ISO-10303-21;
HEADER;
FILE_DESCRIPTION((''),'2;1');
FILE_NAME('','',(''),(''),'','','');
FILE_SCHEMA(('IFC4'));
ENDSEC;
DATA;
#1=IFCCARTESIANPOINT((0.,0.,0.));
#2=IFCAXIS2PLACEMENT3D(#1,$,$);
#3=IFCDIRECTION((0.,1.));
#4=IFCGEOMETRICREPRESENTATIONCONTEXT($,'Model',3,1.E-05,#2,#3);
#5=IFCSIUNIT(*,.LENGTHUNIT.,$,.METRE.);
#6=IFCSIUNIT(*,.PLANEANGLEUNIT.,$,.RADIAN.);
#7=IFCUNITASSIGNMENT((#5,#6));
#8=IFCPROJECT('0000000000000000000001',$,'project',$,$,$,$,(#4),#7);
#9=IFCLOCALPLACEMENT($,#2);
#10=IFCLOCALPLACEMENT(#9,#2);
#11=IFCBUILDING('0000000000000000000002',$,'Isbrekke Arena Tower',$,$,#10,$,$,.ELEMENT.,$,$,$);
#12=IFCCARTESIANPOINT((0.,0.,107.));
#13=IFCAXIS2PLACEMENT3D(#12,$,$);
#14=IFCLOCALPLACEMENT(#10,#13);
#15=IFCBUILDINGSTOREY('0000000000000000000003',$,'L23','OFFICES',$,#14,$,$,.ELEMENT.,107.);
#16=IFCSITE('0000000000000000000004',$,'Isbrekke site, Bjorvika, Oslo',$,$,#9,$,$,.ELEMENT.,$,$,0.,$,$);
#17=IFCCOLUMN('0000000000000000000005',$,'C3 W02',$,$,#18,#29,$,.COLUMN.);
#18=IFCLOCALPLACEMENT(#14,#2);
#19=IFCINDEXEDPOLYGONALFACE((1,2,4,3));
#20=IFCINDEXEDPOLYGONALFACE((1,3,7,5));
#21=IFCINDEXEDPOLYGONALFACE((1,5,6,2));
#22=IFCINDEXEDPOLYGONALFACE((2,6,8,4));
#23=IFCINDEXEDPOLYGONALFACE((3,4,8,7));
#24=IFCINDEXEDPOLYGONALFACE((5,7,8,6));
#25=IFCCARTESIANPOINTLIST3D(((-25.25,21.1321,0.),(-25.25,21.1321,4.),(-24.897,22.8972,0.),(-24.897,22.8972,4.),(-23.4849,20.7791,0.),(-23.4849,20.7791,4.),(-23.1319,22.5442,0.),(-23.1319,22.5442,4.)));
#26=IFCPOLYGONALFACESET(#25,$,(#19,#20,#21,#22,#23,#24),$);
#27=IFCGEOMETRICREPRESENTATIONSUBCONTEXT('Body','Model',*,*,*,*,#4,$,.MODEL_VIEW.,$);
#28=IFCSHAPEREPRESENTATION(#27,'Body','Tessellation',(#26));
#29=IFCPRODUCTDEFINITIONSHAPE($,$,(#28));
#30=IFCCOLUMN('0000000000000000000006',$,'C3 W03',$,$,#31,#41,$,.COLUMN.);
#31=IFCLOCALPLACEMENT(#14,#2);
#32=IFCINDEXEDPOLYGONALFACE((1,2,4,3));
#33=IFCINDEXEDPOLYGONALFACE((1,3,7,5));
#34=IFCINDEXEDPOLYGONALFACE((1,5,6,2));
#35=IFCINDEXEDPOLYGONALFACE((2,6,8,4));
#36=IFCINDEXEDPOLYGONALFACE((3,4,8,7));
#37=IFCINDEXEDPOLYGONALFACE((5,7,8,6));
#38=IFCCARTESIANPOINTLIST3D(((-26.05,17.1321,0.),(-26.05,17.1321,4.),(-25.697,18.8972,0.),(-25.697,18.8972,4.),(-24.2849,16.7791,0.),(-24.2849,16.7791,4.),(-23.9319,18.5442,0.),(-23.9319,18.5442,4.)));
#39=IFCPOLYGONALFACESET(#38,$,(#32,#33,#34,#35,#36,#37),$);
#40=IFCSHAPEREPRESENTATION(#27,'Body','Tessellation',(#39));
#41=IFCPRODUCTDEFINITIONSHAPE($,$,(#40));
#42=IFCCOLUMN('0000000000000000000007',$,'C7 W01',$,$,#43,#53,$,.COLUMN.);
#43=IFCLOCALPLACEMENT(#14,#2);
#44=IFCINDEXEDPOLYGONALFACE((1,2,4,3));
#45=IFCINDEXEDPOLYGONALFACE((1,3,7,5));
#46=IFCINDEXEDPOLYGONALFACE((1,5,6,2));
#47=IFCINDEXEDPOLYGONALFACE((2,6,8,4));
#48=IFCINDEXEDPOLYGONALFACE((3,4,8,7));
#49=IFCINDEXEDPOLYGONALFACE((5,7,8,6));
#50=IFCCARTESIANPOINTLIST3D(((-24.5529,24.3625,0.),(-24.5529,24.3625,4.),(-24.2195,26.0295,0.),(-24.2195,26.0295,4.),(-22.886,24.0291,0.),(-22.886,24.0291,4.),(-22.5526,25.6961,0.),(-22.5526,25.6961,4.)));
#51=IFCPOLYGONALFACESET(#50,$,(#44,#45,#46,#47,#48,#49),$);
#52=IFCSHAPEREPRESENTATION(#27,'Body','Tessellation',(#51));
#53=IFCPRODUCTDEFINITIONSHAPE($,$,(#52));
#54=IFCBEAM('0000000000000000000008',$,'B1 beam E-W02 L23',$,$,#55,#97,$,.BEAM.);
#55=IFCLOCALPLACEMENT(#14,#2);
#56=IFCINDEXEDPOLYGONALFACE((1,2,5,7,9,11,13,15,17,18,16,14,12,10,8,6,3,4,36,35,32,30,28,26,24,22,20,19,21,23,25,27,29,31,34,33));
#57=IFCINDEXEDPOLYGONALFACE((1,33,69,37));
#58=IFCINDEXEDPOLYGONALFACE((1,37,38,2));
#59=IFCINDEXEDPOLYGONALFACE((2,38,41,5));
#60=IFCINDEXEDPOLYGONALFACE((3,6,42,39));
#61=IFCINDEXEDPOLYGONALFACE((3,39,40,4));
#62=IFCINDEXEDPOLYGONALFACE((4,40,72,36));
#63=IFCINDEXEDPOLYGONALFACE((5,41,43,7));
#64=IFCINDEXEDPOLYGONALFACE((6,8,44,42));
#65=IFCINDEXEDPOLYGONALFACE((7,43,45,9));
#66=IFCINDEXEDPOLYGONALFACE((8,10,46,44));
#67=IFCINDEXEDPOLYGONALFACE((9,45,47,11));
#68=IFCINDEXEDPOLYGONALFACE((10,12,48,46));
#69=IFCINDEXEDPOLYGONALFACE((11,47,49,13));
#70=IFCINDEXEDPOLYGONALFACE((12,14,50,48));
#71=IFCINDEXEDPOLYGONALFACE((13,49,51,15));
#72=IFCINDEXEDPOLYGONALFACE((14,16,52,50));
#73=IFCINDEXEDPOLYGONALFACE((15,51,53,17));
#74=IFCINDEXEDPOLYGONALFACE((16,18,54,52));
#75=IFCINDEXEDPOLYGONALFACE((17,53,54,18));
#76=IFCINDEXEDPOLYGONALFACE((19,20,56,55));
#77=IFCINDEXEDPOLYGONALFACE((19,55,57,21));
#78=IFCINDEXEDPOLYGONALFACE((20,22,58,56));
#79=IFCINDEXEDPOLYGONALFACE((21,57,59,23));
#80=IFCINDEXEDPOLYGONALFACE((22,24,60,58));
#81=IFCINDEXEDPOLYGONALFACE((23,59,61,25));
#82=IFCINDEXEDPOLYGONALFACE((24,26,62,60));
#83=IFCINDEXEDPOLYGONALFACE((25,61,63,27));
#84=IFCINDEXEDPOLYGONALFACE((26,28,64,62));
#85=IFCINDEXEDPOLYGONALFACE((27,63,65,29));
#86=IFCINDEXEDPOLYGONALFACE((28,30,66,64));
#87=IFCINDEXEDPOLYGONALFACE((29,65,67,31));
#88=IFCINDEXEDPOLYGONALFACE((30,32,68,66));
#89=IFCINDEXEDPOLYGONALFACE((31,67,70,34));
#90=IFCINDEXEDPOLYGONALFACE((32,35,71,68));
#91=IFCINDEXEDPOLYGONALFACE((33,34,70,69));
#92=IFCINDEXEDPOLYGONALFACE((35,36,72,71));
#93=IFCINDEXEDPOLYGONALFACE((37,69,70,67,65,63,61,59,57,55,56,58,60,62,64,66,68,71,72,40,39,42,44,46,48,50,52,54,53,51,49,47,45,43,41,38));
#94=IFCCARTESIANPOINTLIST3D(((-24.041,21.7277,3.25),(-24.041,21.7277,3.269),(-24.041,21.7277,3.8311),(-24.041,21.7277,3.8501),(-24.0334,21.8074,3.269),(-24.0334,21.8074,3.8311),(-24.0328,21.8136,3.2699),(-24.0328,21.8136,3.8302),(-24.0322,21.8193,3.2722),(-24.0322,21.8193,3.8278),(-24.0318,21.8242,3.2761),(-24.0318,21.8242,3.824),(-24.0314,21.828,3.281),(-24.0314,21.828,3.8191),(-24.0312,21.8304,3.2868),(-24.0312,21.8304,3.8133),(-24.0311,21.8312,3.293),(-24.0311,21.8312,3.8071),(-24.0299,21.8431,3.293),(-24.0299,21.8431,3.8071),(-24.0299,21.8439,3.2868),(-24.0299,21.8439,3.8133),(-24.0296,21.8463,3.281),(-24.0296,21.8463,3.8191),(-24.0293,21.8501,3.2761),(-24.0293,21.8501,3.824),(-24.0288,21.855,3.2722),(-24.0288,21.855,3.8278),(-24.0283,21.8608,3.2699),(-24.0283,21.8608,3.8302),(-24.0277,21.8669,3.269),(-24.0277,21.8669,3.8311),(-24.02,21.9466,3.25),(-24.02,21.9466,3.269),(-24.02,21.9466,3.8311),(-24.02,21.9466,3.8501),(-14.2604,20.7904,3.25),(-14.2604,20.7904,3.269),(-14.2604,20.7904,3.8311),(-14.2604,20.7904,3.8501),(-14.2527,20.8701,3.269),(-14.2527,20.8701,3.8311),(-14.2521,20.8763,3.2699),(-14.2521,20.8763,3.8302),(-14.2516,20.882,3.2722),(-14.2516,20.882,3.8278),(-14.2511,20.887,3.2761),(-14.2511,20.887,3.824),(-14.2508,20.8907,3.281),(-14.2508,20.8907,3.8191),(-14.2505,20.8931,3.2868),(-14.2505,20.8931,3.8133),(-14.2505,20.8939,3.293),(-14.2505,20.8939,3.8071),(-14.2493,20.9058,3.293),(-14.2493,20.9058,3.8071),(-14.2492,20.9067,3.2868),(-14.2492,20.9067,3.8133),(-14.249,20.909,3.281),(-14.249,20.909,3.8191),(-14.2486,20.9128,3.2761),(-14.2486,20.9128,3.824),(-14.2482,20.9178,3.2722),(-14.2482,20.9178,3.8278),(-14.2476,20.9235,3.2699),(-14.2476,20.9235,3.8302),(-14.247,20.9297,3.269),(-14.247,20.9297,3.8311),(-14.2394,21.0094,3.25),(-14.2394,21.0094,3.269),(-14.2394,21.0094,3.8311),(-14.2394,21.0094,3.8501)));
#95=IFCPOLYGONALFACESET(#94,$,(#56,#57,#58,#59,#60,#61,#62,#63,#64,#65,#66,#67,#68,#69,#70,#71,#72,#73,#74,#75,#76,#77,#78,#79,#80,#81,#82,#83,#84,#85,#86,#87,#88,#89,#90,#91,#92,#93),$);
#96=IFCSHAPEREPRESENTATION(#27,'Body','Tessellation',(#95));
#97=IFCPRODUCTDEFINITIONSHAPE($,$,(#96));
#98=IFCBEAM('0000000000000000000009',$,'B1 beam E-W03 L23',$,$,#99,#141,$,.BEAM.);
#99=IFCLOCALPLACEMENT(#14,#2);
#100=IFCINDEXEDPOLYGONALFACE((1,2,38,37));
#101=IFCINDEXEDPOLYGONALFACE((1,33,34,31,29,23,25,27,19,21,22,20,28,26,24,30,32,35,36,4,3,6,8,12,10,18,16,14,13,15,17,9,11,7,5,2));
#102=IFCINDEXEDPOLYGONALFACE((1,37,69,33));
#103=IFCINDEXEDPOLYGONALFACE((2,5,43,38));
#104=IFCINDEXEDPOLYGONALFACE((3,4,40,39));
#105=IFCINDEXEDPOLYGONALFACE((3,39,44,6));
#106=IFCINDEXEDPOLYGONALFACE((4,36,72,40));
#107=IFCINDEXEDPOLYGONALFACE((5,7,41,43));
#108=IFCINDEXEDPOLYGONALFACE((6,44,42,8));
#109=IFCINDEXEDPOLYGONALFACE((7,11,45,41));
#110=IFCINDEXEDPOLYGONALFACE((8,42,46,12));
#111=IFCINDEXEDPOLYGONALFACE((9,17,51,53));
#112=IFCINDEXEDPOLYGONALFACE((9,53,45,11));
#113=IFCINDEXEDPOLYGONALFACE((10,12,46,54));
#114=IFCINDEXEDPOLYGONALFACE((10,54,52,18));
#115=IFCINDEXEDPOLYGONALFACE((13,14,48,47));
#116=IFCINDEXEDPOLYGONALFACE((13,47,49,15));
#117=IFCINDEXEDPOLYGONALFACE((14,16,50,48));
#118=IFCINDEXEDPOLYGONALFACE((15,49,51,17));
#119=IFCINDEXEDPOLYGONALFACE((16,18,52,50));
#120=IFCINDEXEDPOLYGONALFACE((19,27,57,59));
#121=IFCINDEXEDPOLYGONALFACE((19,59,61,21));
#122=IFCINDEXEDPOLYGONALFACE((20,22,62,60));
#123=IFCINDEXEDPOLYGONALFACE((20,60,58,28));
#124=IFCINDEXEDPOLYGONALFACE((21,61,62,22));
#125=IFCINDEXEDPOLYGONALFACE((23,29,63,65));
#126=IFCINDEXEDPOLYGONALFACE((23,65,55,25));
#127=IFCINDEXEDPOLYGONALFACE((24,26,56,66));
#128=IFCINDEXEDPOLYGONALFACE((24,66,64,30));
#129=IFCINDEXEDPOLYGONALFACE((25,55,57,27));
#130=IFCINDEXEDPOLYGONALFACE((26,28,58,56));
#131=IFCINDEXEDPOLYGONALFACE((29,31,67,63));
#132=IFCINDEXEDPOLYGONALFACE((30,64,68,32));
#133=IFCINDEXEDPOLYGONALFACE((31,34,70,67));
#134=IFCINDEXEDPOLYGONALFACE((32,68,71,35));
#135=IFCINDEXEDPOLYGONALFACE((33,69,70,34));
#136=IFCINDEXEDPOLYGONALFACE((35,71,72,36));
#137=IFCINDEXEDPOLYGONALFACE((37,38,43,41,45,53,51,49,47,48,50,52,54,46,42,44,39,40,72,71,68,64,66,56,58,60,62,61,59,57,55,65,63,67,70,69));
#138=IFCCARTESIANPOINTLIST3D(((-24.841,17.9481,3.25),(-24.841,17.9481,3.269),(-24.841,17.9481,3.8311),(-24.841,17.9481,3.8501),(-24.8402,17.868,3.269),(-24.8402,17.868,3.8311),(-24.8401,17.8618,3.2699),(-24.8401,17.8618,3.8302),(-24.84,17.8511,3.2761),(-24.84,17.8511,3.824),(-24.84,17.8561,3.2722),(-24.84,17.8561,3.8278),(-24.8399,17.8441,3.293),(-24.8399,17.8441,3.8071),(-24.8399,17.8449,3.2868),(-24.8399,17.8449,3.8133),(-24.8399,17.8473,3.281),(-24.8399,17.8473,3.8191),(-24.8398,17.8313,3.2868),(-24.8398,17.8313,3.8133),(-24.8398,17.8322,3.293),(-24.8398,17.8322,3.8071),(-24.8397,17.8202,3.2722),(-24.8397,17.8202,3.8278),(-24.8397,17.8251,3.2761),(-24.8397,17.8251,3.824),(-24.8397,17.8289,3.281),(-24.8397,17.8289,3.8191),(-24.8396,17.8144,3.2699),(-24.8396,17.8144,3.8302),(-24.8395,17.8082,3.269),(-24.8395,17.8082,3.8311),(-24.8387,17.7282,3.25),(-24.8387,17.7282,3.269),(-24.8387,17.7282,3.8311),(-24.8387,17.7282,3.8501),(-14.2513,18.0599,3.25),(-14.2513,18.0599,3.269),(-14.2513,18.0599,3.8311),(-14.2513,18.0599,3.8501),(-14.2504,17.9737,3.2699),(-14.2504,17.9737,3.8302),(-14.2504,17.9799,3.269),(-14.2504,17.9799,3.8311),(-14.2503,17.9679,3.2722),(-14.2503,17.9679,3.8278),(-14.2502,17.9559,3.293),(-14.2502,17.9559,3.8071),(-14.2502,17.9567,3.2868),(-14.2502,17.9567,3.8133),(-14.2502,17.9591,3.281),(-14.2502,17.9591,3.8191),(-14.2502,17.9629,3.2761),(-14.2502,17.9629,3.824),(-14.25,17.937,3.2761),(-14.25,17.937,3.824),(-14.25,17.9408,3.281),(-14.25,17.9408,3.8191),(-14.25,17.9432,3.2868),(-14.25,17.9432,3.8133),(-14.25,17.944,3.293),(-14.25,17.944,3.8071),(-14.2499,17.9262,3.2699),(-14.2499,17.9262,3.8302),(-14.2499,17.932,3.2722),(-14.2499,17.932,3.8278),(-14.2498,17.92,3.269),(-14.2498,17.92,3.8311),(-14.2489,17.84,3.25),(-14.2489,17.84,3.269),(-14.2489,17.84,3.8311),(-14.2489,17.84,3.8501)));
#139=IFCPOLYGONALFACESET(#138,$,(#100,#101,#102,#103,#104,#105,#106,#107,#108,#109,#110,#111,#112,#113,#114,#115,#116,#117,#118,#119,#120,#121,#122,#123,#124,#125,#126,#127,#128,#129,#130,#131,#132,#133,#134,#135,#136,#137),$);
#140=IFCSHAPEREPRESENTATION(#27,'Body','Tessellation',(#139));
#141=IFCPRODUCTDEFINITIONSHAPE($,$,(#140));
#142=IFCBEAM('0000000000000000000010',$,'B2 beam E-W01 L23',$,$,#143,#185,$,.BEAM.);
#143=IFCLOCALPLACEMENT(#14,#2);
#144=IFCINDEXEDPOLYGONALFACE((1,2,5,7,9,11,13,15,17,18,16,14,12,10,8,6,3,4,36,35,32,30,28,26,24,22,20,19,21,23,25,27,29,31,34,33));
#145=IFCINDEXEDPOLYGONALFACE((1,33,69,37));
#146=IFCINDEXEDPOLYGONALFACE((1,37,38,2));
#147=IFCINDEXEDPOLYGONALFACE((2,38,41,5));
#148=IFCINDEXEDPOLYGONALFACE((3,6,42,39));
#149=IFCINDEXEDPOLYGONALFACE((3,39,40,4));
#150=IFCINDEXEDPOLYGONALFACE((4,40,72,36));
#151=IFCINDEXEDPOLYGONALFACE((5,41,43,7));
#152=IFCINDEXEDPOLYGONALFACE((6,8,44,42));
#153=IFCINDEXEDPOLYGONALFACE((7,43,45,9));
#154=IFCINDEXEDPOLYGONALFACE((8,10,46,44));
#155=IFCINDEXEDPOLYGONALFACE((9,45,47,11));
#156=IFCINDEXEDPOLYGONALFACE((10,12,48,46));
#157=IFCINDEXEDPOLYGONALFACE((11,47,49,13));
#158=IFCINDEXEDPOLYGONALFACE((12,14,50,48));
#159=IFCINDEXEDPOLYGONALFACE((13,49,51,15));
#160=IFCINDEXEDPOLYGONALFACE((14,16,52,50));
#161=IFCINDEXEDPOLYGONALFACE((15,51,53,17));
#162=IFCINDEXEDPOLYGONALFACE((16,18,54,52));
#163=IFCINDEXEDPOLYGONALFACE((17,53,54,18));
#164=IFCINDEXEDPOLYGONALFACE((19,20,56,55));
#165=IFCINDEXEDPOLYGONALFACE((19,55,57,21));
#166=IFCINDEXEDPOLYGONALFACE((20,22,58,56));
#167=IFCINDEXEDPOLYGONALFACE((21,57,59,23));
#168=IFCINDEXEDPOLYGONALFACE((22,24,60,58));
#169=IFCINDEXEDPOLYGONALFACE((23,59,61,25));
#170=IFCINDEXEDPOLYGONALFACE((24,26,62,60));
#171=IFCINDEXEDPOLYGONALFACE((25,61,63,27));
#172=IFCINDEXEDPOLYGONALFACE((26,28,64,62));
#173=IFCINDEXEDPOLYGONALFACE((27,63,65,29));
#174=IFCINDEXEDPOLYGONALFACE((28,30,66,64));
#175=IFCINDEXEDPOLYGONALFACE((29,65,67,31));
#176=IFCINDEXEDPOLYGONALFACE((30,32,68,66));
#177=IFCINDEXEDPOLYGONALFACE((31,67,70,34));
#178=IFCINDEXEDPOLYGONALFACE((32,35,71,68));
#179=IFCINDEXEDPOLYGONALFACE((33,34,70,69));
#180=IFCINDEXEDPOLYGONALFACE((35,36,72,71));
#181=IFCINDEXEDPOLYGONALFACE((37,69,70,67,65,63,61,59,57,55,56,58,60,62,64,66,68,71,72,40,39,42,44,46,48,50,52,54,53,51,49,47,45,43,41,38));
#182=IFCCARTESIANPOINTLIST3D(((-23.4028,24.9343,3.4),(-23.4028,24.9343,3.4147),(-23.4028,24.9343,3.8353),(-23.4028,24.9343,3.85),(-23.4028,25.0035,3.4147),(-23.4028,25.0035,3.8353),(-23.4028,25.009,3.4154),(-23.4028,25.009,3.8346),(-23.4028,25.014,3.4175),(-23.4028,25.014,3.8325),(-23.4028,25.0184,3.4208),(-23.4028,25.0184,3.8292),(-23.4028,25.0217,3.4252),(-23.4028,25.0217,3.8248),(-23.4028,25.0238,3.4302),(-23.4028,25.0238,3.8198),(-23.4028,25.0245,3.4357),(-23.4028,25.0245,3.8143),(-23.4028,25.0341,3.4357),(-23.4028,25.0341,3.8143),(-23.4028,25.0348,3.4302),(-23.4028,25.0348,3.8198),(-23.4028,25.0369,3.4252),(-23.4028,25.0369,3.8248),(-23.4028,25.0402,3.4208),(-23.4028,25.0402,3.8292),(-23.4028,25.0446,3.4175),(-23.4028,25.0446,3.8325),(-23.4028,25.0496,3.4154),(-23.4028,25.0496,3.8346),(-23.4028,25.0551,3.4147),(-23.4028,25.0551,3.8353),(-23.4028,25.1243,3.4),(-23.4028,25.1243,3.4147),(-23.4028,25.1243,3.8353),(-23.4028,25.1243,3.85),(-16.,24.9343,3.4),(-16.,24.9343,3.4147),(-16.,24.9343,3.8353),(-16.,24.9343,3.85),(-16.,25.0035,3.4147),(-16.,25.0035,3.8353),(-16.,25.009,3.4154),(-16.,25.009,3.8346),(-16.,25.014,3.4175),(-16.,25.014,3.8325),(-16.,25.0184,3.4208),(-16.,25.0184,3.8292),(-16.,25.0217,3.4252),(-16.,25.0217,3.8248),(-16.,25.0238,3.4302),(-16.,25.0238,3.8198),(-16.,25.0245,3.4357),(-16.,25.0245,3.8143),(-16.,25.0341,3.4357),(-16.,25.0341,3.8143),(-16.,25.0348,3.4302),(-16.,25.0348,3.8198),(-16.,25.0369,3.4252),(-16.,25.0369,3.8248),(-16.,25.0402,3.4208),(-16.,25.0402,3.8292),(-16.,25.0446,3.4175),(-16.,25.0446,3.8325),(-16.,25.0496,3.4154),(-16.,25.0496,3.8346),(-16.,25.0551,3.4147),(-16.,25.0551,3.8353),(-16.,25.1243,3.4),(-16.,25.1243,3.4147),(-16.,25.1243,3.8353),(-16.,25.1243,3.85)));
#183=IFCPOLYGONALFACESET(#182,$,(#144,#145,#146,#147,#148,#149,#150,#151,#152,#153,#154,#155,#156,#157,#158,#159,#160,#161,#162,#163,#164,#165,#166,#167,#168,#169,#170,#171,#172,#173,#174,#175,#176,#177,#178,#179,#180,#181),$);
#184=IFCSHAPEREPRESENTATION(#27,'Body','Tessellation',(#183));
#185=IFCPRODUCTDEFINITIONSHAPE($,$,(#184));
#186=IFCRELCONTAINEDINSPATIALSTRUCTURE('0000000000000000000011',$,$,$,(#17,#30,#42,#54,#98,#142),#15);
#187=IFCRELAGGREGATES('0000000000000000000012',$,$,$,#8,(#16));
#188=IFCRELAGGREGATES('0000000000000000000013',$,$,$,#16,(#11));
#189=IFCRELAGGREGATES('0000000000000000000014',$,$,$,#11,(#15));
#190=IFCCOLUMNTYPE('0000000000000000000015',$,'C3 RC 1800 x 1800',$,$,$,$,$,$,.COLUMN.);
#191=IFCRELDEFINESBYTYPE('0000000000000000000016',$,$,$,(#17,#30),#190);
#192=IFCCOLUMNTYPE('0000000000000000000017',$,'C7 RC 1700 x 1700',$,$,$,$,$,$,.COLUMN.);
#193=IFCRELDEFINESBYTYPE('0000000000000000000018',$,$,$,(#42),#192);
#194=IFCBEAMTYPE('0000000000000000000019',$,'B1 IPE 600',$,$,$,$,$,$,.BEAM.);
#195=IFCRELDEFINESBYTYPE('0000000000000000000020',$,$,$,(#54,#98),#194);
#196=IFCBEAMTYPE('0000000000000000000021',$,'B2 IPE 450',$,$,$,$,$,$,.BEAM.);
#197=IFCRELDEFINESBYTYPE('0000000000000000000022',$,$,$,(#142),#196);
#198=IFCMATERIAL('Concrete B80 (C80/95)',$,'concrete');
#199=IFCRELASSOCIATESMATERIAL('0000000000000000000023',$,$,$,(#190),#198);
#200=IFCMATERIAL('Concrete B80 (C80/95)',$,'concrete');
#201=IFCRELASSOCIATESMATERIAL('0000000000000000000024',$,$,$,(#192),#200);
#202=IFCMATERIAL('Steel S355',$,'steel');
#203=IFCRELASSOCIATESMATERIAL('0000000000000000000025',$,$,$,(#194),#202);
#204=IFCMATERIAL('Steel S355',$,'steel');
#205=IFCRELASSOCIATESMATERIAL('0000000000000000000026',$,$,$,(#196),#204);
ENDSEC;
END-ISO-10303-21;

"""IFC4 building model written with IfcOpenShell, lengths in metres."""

from ifc_helpers import new_model, si_unit, direction, frame, origin, origin_2d, place, context, subcontext, project, spatial, rectangle, i_section, extrude, material, material_profile, profile_set, type_object, element, save


model = new_model("IFC4")

# Units and contexts
model_context = context("Model", 3, precision=1e-05, world=origin(), true_north=direction((0.0, 1.0)))
body_context = subcontext(model_context, "Body", "Model", "MODEL_VIEW")
ifc_project = project(units=[si_unit("LENGTHUNIT", "METRE"), si_unit("PLANEANGLEUNIT", "RADIAN")], contexts=[model_context])

# Site, building, storey
site_placement = place(None, origin())
site = spatial("IfcSite", under=ifc_project, at=site_placement, Name="Isbrekke site, Bjorvika, Oslo", CompositionType="ELEMENT", RefElevation=0.0)
building_placement = place(site_placement, origin())
building = spatial("IfcBuilding", under=site, at=building_placement, Name="Isbrekke Arena Tower", CompositionType="ELEMENT")
storey_placement = place(building_placement, frame((0.0, 0.0, 107.0)))
storey = spatial("IfcBuildingStorey", under=building, at=storey_placement, Name="L23", Description="OFFICES", CompositionType="ELEMENT", Elevation=107.0)

# Columns
ifc_material_1 = material(Name="Concrete B80 (C80/95)", Category="concrete")
ifc_material_profile_1 = material_profile(ifc_material_1, rectangle(XDim=1.8, YDim=1.8, at=origin_2d()), Name="RC 1800x1800")
ifc_profile_set_1 = profile_set([ifc_material_profile_1], Name="Concrete B80 (C80/95)")
column_type_1 = type_object("IfcColumnType", Name="C3 RC 1800 x 1800", PredefinedType="COLUMN", material=ifc_profile_set_1)
for number, where, z_axis, x_axis, name in (
    (1, (-24.1909, 21.8381, 0.0), (0.0, 0.0, 1.0), (-0.196116, -0.980581, 0.0), "C3 W02"),
    (2, (-24.991, 17.8381, 0.0), (0.0, 0.0, 1.0), (-0.196116, -0.980581, 0.0), "C3 W03"),
):
    element("IfcColumn", number, at=place(storey_placement, frame(where, z_axis=z_axis, x_axis=x_axis)), inside=storey, type_object=column_type_1, Name=name, PredefinedType="COLUMN", context=body_context, shape_type="SweptSolid", body=[
        extrude(rectangle(XDim=1.8, YDim=1.8, at=origin_2d()), origin(), (0.0, 0.0, 1.0), 4.0),
    ])
ifc_material_2 = material(Name="Concrete B80 (C80/95)", Category="concrete")
ifc_material_profile_2 = material_profile(ifc_material_2, rectangle(XDim=1.7, YDim=1.7, at=origin_2d()), Name="RC 1700x1700")
ifc_profile_set_2 = profile_set([ifc_material_profile_2], Name="Concrete B80 (C80/95)")
column_type_2 = type_object("IfcColumnType", Name="C7 RC 1700 x 1700", PredefinedType="COLUMN", material=ifc_profile_set_2)
column_placement = place(storey_placement, frame((-23.5527, 25.0293, 0.0), z_axis=(0.0, 0.0, 1.0), x_axis=(-0.196116, -0.980581, 0.0)))
element("IfcColumn", 3, at=column_placement, inside=storey, type_object=column_type_2, Name="C7 W01", PredefinedType="COLUMN", context=body_context, shape_type="SweptSolid", body=[
    extrude(rectangle(XDim=1.7, YDim=1.7, at=origin_2d()), origin(), (0.0, 0.0, 1.0), 4.0),
])

# Beams
ifc_material_3 = material(Name="Steel S355", Category="steel")
ifc_material_profile_3 = material_profile(ifc_material_3, i_section(OverallWidth=0.22, OverallDepth=0.6001, WebThickness=0.012, FlangeThickness=0.019, FilletRadius=0.0239, at=origin_2d()), Name="IPE 600")
ifc_profile_set_3 = profile_set([ifc_material_profile_3], Name="Steel S355")
beam_type_1 = type_object("IfcBeamType", Name="B1 IPE 600", PredefinedType="BEAM", material=ifc_profile_set_3)
beam_1_placement = place(storey_placement, frame((-24.0305, 21.8372, 3.55), z_axis=(0.99544, -0.095392, 0.0), x_axis=(0.095392, 0.99544, 0.0)))
element("IfcBeam", 4, at=beam_1_placement, inside=storey, type_object=beam_type_1, Name="B1 beam E-W02 L23", PredefinedType="BEAM", context=body_context, shape_type="SweptSolid", body=[
    extrude(i_section(OverallWidth=0.22, OverallDepth=0.6001, WebThickness=0.012, FlangeThickness=0.019, FilletRadius=0.0239, at=origin_2d()), origin(), (0.0, 0.0, 1.0), 9.8254),
])
beam_2_placement = place(storey_placement, frame((-24.8398, 17.8381, 3.55), z_axis=(0.999944, 0.010558, 0.0), x_axis=(-0.010558, 0.999944, 0.0)))
element("IfcBeam", 5, at=beam_2_placement, inside=storey, type_object=beam_type_1, Name="B1 beam E-W03 L23", PredefinedType="BEAM", context=body_context, shape_type="SweptSolid", body=[
    extrude(i_section(OverallWidth=0.22, OverallDepth=0.6001, WebThickness=0.012, FlangeThickness=0.019, FilletRadius=0.0239, at=origin_2d()), origin(), (0.0, 0.0, 1.0), 10.5903),
])
ifc_material_4 = material(Name="Steel S355", Category="steel")
ifc_material_profile_4 = material_profile(ifc_material_4, i_section(OverallWidth=0.1899, OverallDepth=0.45, WebThickness=0.0095, FlangeThickness=0.0146, FilletRadius=0.021, at=origin_2d()), Name="IPE 450")
ifc_profile_set_4 = profile_set([ifc_material_profile_4], Name="Steel S355")
beam_type_2 = type_object("IfcBeamType", Name="B2 IPE 450", PredefinedType="BEAM", material=ifc_profile_set_4)
beam_3_placement = place(storey_placement, frame((-23.4028, 25.0293, 3.625), z_axis=(1.0, 0.0, 0.0), x_axis=(0.0, 1.0, 0.0)))
element("IfcBeam", 6, at=beam_3_placement, inside=storey, type_object=beam_type_2, Name="B2 beam E-W01 L23", PredefinedType="BEAM", context=body_context, shape_type="SweptSolid", body=[
    extrude(i_section(OverallWidth=0.1899, OverallDepth=0.45, WebThickness=0.0095, FlangeThickness=0.0146, FilletRadius=0.021, at=origin_2d()), origin(), (0.0, 0.0, 1.0), 7.4028),
])

save(model, "model.ifc")
